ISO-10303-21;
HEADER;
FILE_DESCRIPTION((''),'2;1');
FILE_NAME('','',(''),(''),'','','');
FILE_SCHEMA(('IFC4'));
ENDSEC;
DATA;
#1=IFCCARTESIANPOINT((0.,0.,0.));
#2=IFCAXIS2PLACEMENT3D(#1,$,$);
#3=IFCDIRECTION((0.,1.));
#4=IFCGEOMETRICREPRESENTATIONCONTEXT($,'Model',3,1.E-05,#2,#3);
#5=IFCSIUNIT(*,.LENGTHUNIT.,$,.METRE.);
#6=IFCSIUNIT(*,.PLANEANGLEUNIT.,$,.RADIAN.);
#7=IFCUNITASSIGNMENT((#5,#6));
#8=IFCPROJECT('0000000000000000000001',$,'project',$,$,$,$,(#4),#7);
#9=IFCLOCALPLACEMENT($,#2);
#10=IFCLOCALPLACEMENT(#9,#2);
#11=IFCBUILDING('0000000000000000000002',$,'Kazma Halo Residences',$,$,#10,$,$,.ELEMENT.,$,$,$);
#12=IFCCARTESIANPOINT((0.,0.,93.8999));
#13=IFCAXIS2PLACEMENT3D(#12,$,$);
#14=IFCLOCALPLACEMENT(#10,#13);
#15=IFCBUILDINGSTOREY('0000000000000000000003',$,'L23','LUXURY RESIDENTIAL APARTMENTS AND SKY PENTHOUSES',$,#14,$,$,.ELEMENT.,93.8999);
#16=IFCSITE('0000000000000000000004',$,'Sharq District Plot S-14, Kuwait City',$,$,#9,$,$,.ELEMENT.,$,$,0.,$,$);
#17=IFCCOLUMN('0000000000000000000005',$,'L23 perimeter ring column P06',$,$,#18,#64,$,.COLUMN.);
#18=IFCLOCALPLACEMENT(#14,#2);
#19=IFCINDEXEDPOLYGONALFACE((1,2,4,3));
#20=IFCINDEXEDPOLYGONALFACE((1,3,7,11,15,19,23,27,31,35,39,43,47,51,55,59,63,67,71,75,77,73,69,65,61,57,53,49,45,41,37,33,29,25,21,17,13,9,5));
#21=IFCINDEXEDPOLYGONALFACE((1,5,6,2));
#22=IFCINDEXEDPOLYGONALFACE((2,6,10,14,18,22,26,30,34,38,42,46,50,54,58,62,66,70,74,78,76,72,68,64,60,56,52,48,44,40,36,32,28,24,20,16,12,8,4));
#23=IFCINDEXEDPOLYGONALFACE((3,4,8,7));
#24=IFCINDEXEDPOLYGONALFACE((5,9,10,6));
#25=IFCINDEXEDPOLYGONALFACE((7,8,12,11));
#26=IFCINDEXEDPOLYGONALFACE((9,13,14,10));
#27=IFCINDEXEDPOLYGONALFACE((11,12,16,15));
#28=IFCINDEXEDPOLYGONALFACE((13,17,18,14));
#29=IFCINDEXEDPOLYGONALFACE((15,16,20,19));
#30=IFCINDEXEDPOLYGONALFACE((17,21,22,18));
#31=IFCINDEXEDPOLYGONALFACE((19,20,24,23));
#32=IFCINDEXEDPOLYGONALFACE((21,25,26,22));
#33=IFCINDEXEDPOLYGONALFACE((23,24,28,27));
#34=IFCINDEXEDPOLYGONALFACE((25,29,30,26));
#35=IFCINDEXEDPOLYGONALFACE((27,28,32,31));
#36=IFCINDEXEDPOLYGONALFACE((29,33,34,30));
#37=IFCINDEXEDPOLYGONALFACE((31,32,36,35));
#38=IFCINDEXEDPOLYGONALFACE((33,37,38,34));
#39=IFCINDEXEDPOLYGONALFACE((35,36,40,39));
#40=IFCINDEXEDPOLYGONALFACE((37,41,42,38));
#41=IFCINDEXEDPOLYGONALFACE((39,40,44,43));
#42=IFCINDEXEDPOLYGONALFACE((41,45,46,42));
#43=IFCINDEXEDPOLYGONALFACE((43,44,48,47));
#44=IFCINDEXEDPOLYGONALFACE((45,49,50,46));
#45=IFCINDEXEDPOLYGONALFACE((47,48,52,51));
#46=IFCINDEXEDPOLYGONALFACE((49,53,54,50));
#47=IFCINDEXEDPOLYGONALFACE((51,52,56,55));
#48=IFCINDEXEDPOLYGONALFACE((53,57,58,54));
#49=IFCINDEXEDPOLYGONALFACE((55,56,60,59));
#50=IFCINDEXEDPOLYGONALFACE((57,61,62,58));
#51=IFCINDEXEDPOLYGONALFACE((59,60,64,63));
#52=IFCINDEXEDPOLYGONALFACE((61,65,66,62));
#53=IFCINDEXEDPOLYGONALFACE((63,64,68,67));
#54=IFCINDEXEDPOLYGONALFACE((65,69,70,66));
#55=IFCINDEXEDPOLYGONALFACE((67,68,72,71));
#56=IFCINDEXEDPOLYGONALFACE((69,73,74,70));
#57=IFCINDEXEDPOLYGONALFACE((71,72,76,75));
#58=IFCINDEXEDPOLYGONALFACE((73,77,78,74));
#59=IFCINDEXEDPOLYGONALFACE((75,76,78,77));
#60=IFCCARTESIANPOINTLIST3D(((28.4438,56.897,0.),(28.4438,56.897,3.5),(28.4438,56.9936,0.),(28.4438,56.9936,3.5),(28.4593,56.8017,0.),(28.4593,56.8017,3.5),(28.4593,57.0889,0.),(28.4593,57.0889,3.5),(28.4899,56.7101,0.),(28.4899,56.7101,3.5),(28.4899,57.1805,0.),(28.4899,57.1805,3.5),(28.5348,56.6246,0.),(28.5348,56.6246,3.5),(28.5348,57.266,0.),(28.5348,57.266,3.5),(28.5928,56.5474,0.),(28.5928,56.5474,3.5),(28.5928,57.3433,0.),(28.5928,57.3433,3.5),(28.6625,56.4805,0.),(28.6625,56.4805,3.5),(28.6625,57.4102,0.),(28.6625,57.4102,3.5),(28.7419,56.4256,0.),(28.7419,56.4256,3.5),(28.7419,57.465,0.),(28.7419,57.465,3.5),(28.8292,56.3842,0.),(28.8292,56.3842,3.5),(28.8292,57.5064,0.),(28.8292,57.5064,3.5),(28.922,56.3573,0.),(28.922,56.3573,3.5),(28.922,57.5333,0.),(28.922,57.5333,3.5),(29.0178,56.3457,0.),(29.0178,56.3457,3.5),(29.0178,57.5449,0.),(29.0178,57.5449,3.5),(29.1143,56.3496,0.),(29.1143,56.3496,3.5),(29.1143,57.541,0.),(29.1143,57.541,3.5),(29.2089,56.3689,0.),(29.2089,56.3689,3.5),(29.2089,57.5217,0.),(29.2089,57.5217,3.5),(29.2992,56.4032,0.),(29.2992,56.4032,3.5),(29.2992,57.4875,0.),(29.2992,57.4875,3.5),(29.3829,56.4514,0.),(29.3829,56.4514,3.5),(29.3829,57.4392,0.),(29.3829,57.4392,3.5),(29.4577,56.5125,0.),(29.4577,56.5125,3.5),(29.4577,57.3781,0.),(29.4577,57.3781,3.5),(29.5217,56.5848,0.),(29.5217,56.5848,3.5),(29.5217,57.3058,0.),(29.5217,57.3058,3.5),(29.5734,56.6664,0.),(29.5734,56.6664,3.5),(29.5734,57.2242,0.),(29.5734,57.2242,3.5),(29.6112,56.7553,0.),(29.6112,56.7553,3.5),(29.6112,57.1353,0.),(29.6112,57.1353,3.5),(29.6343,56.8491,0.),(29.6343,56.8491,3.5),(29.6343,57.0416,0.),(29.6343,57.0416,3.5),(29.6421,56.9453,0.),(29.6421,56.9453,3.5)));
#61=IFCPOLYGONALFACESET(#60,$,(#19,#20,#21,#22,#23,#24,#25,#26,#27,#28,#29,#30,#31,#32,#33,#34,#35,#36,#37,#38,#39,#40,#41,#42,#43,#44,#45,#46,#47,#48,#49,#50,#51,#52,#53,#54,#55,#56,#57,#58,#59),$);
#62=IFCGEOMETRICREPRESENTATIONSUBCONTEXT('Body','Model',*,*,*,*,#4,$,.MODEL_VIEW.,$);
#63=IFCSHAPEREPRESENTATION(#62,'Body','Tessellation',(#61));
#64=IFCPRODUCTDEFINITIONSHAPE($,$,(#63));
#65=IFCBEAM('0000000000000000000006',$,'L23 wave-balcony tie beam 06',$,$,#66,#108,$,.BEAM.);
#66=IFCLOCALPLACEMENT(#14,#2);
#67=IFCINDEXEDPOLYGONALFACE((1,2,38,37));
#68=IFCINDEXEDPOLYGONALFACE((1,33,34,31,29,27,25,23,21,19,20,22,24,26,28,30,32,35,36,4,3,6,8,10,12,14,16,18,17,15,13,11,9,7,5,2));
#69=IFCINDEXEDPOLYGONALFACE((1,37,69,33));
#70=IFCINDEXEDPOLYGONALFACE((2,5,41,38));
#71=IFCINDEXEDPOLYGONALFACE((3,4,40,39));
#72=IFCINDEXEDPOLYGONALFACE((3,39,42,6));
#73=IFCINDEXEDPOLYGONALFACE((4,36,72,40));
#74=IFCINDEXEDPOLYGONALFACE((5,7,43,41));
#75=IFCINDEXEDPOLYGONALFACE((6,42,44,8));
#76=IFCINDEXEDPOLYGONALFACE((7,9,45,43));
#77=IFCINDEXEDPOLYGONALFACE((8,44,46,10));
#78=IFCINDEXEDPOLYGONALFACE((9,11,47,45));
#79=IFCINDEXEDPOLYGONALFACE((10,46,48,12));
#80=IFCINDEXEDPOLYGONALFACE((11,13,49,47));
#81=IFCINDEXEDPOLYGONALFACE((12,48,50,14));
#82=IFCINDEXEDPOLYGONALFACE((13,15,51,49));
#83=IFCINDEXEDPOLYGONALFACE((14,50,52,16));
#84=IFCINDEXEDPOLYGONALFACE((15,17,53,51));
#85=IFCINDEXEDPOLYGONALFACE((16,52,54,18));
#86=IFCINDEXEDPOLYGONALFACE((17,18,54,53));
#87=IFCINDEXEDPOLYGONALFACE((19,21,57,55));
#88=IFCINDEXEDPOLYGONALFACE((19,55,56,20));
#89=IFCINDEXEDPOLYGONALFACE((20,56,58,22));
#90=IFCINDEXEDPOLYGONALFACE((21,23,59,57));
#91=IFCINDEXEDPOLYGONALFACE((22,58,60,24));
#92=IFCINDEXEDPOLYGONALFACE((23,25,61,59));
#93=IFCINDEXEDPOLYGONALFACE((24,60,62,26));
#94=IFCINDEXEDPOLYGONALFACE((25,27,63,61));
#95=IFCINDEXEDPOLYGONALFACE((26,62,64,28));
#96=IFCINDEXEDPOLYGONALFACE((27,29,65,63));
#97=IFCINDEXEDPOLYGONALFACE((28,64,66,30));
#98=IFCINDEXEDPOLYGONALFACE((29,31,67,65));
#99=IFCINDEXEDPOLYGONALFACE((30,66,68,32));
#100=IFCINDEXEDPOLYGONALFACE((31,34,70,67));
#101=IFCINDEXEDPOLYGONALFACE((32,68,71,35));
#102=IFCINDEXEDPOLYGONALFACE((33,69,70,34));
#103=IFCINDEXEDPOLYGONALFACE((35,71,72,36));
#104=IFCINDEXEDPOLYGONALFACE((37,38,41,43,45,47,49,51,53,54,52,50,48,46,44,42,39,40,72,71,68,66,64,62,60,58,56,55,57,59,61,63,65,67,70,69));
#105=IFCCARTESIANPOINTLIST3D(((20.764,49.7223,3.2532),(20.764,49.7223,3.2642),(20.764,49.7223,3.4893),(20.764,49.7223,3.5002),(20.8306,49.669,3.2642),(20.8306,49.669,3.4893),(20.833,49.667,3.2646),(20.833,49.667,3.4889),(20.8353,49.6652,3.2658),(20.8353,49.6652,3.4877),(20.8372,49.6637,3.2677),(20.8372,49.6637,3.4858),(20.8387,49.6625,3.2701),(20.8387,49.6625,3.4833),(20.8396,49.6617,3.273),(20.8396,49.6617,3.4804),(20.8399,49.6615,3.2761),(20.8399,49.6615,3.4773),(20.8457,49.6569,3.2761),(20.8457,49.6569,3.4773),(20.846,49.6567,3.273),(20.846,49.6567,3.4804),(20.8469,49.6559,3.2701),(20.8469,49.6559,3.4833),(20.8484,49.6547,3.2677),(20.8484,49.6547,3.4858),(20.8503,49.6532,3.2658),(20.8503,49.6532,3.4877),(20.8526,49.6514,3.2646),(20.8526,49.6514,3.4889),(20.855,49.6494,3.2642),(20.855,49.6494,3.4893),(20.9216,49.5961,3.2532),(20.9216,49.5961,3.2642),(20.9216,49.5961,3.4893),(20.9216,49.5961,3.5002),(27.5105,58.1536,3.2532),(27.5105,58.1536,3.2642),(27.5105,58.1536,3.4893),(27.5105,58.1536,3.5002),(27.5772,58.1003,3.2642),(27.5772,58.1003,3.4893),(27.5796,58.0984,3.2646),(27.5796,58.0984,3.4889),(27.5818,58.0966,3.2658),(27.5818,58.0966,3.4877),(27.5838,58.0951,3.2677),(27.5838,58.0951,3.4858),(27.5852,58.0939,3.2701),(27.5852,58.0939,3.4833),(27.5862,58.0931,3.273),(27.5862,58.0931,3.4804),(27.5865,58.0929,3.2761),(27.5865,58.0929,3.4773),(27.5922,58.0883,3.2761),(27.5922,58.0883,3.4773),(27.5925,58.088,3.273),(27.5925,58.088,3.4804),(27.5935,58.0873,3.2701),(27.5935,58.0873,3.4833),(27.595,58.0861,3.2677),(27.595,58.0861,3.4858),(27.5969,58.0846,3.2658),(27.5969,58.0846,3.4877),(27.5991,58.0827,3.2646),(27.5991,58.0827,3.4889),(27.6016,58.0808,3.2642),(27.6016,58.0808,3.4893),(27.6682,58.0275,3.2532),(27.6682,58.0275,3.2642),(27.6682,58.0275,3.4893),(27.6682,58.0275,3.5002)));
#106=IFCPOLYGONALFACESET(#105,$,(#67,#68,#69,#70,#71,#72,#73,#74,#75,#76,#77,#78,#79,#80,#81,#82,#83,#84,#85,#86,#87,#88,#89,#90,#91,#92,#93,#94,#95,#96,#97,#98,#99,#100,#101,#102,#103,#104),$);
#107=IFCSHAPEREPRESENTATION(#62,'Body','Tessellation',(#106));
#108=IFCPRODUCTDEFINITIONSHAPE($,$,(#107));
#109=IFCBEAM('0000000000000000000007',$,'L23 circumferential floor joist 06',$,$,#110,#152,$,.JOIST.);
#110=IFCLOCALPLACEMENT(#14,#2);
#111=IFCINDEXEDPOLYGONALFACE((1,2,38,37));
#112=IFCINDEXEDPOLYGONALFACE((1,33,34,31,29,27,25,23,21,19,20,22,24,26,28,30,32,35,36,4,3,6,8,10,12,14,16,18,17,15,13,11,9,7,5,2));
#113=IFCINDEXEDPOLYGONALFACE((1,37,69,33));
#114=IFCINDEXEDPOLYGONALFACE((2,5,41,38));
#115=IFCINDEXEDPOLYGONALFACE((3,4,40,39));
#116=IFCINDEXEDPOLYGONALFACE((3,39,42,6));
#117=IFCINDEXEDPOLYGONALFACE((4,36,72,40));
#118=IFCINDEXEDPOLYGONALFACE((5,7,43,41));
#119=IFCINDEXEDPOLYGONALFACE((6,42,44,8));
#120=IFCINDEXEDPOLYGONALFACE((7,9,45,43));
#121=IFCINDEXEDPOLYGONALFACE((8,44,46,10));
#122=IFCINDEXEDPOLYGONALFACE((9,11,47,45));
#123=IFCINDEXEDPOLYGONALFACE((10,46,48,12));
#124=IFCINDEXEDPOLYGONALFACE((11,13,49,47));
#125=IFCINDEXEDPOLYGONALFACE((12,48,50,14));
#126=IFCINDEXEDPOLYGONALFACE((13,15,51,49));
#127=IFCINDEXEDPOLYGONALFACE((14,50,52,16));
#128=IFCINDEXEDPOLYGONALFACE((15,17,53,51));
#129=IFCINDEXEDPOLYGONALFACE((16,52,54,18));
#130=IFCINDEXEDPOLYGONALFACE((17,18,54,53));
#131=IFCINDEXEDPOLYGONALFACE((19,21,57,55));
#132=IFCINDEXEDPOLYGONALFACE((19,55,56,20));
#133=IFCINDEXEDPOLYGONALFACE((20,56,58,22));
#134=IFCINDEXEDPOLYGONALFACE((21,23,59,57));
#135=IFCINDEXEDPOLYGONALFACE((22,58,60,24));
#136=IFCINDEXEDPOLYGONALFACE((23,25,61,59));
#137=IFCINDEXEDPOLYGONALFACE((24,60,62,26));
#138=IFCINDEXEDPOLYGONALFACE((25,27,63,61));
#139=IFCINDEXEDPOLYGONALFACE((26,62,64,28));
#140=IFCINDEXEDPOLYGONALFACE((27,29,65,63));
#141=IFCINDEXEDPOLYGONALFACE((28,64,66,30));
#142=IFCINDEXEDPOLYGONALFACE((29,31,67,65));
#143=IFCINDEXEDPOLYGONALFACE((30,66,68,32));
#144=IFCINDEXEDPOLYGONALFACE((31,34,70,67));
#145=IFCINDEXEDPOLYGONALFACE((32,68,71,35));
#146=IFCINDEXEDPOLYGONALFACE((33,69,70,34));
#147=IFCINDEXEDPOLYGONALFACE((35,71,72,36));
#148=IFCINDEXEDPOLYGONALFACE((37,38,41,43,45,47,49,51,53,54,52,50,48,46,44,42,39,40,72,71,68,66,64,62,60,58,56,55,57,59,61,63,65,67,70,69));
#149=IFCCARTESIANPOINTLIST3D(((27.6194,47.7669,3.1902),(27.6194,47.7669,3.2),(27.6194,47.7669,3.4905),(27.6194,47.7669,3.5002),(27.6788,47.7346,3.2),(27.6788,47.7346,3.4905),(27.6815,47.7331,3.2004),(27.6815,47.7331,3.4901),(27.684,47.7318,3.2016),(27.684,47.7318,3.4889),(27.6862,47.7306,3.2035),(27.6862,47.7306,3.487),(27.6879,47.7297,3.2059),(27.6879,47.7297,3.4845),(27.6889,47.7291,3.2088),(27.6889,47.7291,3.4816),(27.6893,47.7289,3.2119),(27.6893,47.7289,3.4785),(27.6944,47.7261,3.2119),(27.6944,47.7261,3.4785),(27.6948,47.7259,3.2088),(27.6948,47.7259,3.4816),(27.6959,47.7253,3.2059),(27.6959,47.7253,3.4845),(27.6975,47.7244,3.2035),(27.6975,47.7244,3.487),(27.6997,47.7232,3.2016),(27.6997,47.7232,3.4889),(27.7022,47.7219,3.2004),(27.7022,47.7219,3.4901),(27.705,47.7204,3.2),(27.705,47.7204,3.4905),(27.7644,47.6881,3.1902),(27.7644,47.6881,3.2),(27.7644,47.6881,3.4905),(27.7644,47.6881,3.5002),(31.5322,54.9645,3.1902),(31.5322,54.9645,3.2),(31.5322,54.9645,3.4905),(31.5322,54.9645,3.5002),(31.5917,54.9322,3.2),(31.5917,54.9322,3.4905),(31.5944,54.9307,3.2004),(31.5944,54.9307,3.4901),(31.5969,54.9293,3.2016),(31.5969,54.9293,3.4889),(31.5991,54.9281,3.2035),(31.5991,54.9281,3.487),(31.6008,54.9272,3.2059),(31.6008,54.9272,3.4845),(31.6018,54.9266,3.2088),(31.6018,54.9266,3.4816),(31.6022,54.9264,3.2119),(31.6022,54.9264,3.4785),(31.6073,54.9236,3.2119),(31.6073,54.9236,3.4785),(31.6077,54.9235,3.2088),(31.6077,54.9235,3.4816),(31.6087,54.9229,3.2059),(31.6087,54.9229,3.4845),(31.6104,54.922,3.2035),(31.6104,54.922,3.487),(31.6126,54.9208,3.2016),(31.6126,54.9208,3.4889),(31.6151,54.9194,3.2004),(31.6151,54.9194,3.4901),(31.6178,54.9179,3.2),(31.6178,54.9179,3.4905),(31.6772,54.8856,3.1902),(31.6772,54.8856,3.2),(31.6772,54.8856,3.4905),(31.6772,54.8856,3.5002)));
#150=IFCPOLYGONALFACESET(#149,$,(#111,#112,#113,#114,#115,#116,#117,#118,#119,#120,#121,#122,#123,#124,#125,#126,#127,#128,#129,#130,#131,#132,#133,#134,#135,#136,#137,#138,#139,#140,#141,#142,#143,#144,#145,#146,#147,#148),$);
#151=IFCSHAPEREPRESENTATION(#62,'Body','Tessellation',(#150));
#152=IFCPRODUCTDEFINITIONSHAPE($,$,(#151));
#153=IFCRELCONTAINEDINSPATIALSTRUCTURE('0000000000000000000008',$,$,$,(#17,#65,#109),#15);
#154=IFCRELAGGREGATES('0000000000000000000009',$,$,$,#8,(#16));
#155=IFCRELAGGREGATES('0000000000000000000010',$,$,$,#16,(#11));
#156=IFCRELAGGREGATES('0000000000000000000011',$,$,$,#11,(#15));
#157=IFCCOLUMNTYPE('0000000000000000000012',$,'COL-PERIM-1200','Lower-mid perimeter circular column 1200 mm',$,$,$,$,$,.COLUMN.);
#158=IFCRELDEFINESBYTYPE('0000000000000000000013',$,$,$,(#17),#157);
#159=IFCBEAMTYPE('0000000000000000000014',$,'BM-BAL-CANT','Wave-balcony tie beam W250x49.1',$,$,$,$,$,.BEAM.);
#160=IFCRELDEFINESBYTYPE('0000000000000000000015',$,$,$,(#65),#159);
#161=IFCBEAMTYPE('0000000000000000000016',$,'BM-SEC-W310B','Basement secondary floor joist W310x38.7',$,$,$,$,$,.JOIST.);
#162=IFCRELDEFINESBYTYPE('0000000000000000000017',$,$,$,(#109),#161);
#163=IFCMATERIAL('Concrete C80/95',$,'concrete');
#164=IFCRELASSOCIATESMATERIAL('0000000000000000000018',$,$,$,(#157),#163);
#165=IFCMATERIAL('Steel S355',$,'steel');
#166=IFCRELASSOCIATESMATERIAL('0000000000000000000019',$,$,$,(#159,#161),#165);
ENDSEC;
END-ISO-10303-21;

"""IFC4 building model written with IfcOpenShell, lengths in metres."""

from ifc_helpers import new_model, si_unit, direction, frame, origin, origin_2d, place, context, subcontext, project, spatial, circle, i_section, extrude, material, material_profile, profile_set, type_object, element, save


model = new_model("IFC4")

# Units and contexts
model_context = context("Model", 3, precision=1e-05, world=origin(), true_north=direction((0.0, 1.0)))
body_context = subcontext(model_context, "Body", "Model", "MODEL_VIEW")
ifc_project = project(units=[si_unit("LENGTHUNIT", "METRE"), si_unit("PLANEANGLEUNIT", "RADIAN")], contexts=[model_context])

# Site, building, storey
site_placement = place(None, origin())
site = spatial("IfcSite", under=ifc_project, at=site_placement, Name="Sharq District Plot S-14, Kuwait City", CompositionType="ELEMENT", RefElevation=0.0)
building_placement = place(site_placement, origin())
building = spatial("IfcBuilding", under=site, at=building_placement, Name="Kazma Halo Residences", CompositionType="ELEMENT")
storey_placement = place(building_placement, frame((0.0, 0.0, 93.8999)))
storey = spatial("IfcBuildingStorey", under=building, at=storey_placement, Name="L23", Description="LUXURY RESIDENTIAL APARTMENTS AND SKY PENTHOUSES", CompositionType="ELEMENT", Elevation=93.8999)

# Column
ifc_material_1 = material(Name="Concrete C80/95", Category="concrete")
ifc_material_profile_1 = material_profile(ifc_material_1, circle(Radius=0.6001, at=origin_2d()), Name="CIRC1200")
ifc_profile_set_1 = profile_set([ifc_material_profile_1], Name="Concrete C80/95")
column_type = type_object("IfcColumnType", Name="COL-PERIM-1200", Description="Lower-mid perimeter circular column 1200 mm", PredefinedType="COLUMN", material=ifc_profile_set_1)
column_placement = place(storey_placement, frame((29.042, 56.9453, 0.0), z_axis=(0.0, 0.0, 1.0), x_axis=(1.0, 0.0, 0.0)))
element("IfcColumn", 1, at=column_placement, inside=storey, type_object=column_type, Name="L23 perimeter ring column P06", PredefinedType="COLUMN", context=body_context, shape_type="SweptSolid", body=[
    extrude(circle(Radius=0.6001, at=origin_2d()), origin(), (0.0, 0.0, 1.0), 3.5),
])

# Beams
ifc_material_2 = material(Name="Steel S355", Category="steel")
ifc_material_profile_2 = material_profile(ifc_material_2, i_section(OverallWidth=0.2019, OverallDepth=0.2471, WebThickness=0.0073, FlangeThickness=0.011, FilletRadius=0.012, at=origin_2d()), Name="W250x49.1")
ifc_profile_set_2 = profile_set([ifc_material_profile_2], Name="Steel S355")
beam_type_1 = type_object("IfcBeamType", Name="BM-BAL-CANT", Description="Wave-balcony tie beam W250x49.1", PredefinedType="BEAM", material=ifc_profile_set_2)
beam_1_placement = place(storey_placement, frame((27.5894, 58.0906, 3.3767), z_axis=(-0.624778, -0.780803, 0.0), x_axis=(0.780803, -0.624778, 0.0)))
element("IfcBeam", 2, at=beam_1_placement, inside=storey, type_object=beam_type_1, Name="L23 wave-balcony tie beam 06", PredefinedType="BEAM", context=body_context, shape_type="SweptSolid", body=[
    extrude(i_section(OverallWidth=0.2019, OverallDepth=0.2471, WebThickness=0.0073, FlangeThickness=0.011, FilletRadius=0.012, at=origin_2d()), origin(), (0.0, 0.0, 1.0), 10.7983),
])
ifc_material_profile_3 = material_profile(ifc_material_2, i_section(OverallWidth=0.165, OverallDepth=0.3101, WebThickness=0.0059, FlangeThickness=0.0098, FilletRadius=0.012, at=origin_2d()), Name="W310x38.7")
ifc_profile_set_3 = profile_set([ifc_material_profile_3], Name="Steel S355")
beam_type_2 = type_object("IfcBeamType", Name="BM-SEC-W310B", Description="Basement secondary floor joist W310x38.7", PredefinedType="JOIST", material=ifc_profile_set_3)
beam_2_placement = place(storey_placement, frame((31.6047, 54.925, 3.3452), z_axis=(-0.477622, -0.878566, 0.0), x_axis=(0.878566, -0.477622, 0.0)))
element("IfcBeam", 3, at=beam_2_placement, inside=storey, type_object=beam_type_2, Name="L23 circumferential floor joist 06", PredefinedType="JOIST", context=body_context, shape_type="SweptSolid", body=[
    extrude(i_section(OverallWidth=0.165, OverallDepth=0.3101, WebThickness=0.0059, FlangeThickness=0.0098, FilletRadius=0.012, at=origin_2d()), origin(), (0.0, 0.0, 1.0), 8.1924),
])

save(model, "model.ifc")
